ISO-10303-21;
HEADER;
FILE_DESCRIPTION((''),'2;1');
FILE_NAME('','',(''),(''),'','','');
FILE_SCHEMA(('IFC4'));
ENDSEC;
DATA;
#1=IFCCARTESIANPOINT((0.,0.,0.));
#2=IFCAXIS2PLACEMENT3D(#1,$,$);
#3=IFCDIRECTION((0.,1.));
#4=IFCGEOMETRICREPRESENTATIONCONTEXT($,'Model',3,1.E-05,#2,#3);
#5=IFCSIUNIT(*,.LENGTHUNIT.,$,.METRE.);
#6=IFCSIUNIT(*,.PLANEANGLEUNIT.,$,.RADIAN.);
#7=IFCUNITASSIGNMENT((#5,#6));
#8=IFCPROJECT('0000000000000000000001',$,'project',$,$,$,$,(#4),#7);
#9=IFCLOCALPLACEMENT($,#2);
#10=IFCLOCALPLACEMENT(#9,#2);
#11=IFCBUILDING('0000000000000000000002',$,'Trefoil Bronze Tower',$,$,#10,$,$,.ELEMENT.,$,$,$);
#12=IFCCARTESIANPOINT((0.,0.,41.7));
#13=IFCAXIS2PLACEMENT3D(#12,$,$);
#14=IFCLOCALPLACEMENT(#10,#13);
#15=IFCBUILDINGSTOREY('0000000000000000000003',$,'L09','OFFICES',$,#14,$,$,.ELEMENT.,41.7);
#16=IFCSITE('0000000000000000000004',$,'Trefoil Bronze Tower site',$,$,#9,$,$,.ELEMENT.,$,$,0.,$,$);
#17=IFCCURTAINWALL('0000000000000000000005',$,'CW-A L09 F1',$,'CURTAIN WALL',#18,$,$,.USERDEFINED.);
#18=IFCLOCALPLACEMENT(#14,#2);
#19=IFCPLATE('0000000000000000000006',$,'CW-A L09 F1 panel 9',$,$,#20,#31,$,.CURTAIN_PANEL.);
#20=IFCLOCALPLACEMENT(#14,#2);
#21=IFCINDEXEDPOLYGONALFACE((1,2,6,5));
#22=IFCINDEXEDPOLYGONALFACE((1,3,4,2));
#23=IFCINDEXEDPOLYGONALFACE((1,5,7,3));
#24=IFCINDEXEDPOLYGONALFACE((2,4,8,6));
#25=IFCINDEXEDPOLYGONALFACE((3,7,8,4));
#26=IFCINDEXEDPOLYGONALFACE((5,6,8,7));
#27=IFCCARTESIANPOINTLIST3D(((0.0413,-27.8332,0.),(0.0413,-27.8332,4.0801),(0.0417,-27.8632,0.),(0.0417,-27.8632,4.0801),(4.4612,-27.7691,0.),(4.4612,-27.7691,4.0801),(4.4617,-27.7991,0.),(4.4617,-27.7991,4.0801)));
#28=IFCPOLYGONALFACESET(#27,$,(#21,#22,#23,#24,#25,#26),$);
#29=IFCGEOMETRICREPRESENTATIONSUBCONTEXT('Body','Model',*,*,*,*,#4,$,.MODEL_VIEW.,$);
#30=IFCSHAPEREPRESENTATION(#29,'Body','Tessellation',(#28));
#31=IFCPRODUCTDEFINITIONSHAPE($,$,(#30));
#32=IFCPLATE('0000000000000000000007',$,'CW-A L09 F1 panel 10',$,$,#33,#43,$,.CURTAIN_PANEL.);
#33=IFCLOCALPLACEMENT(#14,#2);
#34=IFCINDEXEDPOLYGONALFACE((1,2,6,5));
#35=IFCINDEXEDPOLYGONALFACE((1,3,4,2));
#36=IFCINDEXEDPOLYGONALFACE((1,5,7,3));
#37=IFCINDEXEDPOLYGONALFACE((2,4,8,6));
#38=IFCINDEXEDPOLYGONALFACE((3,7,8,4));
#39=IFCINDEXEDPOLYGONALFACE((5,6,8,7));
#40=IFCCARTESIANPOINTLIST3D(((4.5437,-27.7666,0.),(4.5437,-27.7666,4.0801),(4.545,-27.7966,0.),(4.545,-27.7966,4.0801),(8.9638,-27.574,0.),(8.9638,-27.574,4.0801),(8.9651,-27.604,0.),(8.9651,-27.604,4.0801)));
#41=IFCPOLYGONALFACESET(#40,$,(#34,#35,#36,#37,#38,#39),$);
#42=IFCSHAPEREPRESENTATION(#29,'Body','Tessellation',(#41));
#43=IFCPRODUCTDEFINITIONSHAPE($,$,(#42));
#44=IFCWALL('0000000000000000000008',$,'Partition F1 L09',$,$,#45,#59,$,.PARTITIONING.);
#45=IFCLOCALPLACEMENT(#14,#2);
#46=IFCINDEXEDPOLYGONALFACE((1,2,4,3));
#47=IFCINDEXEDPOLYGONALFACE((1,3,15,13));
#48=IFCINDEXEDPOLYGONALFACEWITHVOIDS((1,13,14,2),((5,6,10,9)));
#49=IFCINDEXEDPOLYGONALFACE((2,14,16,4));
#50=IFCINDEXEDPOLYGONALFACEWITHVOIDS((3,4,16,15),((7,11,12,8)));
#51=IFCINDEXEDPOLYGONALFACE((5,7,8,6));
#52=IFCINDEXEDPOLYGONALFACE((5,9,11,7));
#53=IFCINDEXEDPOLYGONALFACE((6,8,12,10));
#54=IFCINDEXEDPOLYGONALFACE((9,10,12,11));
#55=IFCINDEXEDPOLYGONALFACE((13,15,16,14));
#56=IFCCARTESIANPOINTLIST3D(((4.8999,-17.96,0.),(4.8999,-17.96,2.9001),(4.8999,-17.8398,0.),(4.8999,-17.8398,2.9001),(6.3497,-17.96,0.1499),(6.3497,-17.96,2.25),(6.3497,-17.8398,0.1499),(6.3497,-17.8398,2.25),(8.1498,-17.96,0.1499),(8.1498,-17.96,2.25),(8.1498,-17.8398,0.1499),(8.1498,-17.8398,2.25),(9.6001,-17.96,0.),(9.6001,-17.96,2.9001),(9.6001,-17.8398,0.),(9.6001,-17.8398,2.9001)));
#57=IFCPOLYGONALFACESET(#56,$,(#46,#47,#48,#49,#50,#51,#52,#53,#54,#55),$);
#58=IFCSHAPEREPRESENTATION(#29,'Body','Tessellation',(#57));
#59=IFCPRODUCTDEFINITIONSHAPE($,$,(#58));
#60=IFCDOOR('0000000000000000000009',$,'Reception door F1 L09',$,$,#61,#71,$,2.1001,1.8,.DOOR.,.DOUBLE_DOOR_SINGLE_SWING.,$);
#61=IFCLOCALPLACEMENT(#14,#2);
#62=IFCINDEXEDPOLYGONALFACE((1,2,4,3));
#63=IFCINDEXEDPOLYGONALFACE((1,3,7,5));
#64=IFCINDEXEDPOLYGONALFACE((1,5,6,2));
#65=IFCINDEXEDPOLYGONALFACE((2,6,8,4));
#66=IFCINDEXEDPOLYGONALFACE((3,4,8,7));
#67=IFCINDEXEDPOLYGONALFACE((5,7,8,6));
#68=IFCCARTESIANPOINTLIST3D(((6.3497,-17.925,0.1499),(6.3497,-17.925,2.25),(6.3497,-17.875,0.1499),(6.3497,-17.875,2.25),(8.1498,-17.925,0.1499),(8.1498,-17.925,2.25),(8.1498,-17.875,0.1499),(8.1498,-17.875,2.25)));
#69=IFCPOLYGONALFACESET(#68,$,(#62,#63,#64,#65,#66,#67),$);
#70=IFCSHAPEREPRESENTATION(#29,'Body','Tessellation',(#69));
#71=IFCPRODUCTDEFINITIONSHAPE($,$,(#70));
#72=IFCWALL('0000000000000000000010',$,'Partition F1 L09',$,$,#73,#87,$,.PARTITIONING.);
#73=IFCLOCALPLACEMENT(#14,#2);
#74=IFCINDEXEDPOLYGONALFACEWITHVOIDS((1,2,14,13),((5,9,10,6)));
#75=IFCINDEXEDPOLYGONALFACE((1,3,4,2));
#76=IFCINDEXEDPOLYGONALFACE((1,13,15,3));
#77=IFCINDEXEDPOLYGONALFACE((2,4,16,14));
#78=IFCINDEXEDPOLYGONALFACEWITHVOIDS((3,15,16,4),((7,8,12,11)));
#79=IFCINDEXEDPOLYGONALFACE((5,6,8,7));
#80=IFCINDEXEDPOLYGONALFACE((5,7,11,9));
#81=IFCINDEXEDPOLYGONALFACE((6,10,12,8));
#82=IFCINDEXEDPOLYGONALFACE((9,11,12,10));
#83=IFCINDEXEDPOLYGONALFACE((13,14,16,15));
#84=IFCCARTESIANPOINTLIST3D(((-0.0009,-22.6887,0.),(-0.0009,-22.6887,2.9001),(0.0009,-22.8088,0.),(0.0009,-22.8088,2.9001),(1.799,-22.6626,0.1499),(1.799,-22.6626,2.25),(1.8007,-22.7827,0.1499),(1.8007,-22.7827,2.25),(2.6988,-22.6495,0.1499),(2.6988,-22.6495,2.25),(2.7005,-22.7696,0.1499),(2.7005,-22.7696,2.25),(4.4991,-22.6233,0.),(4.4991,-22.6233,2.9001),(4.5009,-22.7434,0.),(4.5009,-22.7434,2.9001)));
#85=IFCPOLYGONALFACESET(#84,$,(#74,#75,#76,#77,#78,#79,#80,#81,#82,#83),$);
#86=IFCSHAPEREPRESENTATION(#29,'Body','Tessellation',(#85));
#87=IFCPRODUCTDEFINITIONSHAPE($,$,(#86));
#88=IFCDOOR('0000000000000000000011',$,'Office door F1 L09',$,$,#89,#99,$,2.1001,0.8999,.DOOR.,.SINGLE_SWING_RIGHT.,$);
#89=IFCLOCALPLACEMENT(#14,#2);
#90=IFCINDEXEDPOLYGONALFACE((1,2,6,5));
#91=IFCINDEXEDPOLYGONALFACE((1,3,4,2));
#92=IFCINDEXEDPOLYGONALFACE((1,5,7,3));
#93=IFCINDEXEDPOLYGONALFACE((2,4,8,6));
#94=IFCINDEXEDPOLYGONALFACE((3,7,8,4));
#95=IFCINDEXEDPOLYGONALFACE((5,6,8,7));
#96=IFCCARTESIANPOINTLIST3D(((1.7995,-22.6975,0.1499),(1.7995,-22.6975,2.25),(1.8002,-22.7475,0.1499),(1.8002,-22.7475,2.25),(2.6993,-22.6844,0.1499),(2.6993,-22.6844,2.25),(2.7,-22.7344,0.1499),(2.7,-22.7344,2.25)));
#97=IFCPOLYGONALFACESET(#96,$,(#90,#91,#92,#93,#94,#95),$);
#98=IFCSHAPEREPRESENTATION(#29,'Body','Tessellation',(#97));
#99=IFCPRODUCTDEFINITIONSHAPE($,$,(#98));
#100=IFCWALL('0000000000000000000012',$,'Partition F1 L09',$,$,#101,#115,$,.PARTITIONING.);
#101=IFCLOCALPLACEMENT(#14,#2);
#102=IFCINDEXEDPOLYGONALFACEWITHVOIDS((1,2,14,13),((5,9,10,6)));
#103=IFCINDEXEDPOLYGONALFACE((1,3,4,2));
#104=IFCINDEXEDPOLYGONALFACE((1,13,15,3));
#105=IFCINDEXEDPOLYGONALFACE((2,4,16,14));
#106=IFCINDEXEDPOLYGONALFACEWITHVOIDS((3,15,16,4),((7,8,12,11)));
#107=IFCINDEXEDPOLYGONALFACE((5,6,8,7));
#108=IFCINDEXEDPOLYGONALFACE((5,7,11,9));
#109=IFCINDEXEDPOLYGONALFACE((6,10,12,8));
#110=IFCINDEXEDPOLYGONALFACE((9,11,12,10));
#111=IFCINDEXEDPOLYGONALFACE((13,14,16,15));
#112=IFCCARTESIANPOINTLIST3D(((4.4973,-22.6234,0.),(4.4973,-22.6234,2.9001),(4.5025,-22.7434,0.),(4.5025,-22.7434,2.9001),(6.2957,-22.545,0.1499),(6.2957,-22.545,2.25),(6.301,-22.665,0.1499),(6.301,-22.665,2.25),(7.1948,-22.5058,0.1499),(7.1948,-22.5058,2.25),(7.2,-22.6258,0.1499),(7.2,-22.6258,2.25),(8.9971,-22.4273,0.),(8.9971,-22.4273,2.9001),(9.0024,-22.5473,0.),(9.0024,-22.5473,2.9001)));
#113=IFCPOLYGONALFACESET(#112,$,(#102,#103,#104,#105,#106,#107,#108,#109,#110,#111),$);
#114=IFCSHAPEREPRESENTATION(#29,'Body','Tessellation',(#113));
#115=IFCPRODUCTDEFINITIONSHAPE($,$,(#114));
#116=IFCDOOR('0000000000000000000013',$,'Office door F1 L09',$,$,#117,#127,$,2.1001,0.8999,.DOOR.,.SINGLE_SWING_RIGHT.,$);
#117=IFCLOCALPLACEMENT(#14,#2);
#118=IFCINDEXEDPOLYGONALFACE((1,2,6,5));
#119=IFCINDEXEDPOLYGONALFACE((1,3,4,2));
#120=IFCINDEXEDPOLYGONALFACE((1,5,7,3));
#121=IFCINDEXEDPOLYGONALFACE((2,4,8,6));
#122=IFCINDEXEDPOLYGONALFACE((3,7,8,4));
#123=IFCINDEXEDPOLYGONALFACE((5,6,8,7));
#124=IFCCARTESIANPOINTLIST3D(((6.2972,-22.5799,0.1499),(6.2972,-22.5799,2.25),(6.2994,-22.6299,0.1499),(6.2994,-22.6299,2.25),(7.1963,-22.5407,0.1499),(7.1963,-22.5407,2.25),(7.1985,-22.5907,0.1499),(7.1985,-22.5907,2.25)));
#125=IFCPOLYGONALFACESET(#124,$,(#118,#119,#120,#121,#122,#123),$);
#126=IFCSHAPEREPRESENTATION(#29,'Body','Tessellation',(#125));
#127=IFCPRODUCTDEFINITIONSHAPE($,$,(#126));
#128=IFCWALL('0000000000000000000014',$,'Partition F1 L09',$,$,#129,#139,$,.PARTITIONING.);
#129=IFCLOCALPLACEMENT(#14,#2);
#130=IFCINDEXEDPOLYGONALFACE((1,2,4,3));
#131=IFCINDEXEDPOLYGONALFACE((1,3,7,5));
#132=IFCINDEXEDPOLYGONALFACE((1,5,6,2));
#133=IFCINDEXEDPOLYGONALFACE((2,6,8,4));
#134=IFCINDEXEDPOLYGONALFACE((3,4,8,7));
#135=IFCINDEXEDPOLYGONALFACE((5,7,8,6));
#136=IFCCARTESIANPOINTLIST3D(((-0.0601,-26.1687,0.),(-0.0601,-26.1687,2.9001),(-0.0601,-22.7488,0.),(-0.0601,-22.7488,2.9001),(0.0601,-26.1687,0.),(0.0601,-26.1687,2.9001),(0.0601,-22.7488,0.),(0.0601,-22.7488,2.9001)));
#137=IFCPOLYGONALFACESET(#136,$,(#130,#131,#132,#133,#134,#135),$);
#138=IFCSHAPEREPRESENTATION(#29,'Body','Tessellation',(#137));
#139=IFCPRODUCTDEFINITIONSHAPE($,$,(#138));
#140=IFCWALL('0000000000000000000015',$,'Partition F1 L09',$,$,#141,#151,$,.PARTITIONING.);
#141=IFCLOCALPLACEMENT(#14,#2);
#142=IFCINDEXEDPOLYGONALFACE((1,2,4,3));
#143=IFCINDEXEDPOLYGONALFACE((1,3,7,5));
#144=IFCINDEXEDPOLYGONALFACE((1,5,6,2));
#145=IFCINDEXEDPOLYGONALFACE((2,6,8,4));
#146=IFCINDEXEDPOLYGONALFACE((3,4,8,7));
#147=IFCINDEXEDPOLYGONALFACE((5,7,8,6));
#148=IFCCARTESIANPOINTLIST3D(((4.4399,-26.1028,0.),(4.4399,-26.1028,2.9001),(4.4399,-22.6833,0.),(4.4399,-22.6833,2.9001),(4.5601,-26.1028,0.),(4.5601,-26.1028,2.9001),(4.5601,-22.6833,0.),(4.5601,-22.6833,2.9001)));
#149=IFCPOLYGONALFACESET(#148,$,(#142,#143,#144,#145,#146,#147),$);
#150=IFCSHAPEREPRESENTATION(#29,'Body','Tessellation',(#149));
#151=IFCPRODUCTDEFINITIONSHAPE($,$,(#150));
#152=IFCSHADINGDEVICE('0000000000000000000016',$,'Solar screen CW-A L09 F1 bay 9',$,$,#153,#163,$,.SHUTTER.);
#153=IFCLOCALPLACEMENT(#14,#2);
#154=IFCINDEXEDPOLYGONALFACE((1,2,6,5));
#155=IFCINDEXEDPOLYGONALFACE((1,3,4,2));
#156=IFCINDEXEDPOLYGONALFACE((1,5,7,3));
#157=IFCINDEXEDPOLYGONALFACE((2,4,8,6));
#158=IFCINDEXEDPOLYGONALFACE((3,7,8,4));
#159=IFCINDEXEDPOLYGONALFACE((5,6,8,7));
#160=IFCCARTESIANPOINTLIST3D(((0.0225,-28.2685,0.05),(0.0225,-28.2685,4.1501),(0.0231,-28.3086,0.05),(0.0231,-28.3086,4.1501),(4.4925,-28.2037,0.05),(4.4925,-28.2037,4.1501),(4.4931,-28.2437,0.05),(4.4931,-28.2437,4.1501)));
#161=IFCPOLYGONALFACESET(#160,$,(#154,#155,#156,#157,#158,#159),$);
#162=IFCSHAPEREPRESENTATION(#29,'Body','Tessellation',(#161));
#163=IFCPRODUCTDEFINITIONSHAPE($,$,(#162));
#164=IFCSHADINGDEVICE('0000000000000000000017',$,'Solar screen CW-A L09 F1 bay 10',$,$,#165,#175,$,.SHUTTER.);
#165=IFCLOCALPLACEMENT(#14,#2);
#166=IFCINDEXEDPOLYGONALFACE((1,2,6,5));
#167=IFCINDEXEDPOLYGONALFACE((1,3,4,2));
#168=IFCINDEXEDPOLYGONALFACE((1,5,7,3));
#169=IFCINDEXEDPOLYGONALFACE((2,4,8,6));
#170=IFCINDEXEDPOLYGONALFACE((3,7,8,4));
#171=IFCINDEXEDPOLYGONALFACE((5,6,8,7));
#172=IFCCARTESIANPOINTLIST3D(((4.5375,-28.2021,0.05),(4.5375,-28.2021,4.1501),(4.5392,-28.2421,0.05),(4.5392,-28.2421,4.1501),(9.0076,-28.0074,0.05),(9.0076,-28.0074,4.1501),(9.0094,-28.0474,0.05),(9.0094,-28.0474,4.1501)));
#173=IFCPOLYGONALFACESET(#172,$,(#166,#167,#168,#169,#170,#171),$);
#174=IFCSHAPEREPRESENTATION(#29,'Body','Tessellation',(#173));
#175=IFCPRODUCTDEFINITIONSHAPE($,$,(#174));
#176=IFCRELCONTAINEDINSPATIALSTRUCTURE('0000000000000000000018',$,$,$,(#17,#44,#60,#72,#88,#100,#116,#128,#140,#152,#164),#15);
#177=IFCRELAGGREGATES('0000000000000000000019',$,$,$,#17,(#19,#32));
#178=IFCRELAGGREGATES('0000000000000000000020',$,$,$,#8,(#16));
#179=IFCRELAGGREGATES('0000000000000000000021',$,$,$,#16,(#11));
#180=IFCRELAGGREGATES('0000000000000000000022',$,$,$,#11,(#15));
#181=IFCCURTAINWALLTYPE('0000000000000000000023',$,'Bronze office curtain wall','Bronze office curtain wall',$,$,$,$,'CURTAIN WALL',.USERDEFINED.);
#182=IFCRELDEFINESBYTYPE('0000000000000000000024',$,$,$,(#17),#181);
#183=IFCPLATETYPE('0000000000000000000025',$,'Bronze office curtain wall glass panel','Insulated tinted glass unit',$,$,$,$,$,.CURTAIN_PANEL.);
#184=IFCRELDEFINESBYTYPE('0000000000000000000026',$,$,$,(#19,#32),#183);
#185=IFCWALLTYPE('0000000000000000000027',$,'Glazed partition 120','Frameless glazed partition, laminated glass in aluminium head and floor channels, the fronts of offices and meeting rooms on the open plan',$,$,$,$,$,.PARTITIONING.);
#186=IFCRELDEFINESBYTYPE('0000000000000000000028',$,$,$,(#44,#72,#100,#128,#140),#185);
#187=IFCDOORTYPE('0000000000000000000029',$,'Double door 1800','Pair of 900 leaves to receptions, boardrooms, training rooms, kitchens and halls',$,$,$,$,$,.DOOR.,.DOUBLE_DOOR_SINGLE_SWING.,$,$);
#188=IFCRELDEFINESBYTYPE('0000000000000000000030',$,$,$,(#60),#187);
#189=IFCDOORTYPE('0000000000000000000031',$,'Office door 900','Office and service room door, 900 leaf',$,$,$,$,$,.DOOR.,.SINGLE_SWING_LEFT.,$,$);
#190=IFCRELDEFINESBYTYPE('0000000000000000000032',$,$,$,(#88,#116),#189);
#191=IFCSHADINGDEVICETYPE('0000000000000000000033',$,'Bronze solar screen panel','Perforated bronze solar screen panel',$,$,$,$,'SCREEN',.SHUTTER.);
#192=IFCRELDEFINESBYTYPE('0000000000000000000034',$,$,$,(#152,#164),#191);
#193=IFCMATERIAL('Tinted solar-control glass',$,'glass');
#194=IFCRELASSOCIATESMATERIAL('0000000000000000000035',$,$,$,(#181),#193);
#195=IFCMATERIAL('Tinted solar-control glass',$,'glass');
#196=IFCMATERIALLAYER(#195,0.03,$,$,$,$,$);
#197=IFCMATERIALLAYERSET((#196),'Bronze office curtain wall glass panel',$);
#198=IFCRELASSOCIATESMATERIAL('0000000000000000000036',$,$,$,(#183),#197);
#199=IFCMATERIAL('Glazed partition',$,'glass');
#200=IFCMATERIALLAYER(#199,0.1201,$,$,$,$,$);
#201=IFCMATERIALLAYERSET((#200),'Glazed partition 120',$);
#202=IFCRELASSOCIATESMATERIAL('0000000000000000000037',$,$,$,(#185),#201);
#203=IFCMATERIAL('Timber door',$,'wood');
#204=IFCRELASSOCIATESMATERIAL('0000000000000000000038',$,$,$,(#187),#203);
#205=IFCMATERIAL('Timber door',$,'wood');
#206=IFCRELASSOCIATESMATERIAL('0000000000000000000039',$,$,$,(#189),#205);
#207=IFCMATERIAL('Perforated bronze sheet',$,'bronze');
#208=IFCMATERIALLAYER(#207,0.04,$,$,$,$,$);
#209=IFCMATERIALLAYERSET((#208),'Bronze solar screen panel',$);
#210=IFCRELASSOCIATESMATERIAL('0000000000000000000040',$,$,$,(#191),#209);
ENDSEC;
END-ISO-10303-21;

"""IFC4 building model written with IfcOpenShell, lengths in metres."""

from ifc_helpers import new_model, si_unit, direction, frame, frame_2d, origin, origin_2d, place, context, subcontext, project, spatial, rectangle, extrude, material, layer, layer_set, type_object, element, fill, aggregate, save


model = new_model("IFC4")

# Units and contexts
model_context = context("Model", 3, precision=1e-05, world=origin(), true_north=direction((0.0, 1.0)))
body_context = subcontext(model_context, "Body", "Model", "MODEL_VIEW")
ifc_project = project(units=[si_unit("LENGTHUNIT", "METRE"), si_unit("PLANEANGLEUNIT", "RADIAN")], contexts=[model_context])

# Site, building, storey
site_placement = place(None, origin())
site = spatial("IfcSite", under=ifc_project, at=site_placement, Name="Trefoil Bronze Tower site", CompositionType="ELEMENT", RefElevation=0.0)
building_placement = place(site_placement, origin())
building = spatial("IfcBuilding", under=site, at=building_placement, Name="Trefoil Bronze Tower", CompositionType="ELEMENT")
storey_placement = place(building_placement, frame((0.0, 0.0, 41.7)))
storey = spatial("IfcBuildingStorey", under=building, at=storey_placement, Name="L09", Description="OFFICES", CompositionType="ELEMENT", Elevation=41.7)

# Curtain wall
ifc_material_1 = material(Name="Tinted solar-control glass", Category="glass")
curtain_wall_type = type_object("IfcCurtainWallType", Name="Bronze office curtain wall", Description="Bronze office curtain wall", ElementType="CURTAIN WALL", PredefinedType="USERDEFINED", material=ifc_material_1)
curtain_wall_placement = place(storey_placement, origin())
curtain_wall = element("IfcCurtainWall", 1, at=curtain_wall_placement, inside=storey, type_object=curtain_wall_type, Name="CW-A L09 F1", ObjectType="CURTAIN WALL", PredefinedType="USERDEFINED")

# Plates
ifc_material_2 = material(Name="Tinted solar-control glass", Category="glass")
ifc_layer_1 = layer(ifc_material_2, 0.03)
ifc_layer_set_1 = layer_set([ifc_layer_1], Name="Bronze office curtain wall glass panel")
plate_type = type_object("IfcPlateType", Name="Bronze office curtain wall glass panel", Description="Insulated tinted glass unit", PredefinedType="CURTAIN_PANEL", material=ifc_layer_set_1)
plate_1_placement = place(storey_placement, frame((2.2515, -27.8162, 0.0), z_axis=(0.0, 0.0, 1.0), x_axis=(0.999895, 0.014509, 0.0)))
plate_1 = element("IfcPlate", 2, at=plate_1_placement, type_object=plate_type, Name="CW-A L09 F1 panel 9", PredefinedType="CURTAIN_PANEL", context=body_context, shape_type="SweptSolid", body=[
    extrude(rectangle(XDim=4.4204, YDim=0.03, at=origin_2d()), origin(), (0.0, 0.0, 1.0), 4.0801),
])
plate_2_placement = place(storey_placement, frame((6.7544, -27.6853, 0.0), z_axis=(0.0, 0.0, 1.0), x_axis=(0.999052, 0.043528, 0.0)))
plate_2 = element("IfcPlate", 3, at=plate_2_placement, type_object=plate_type, Name="CW-A L09 F1 panel 10", PredefinedType="CURTAIN_PANEL", context=body_context, shape_type="SweptSolid", body=[
    extrude(rectangle(XDim=4.4243, YDim=0.03, at=origin_2d()), origin(), (0.0, 0.0, 1.0), 4.0801),
])
aggregate(curtain_wall, [plate_1, plate_2])

# Walls, openings, doors
ifc_material_3 = material(Name="Glazed partition", Category="glass")
ifc_layer_2 = layer(ifc_material_3, 0.1201)
ifc_layer_set_2 = layer_set([ifc_layer_2], Name="Glazed partition 120")
wall_type = type_object("IfcWallType", Name="Glazed partition 120", Description="Frameless glazed partition, laminated glass in aluminium head and floor channels, the fronts of offices and meeting rooms on the open plan", PredefinedType="PARTITIONING", material=ifc_layer_set_2)
wall_1_placement = place(storey_placement, frame((4.8999, -17.8999, 0.0), z_axis=(0.0, 0.0, 1.0), x_axis=(1.0, 0.0, 0.0)))
wall_1 = element("IfcWall", 4, at=wall_1_placement, inside=storey, type_object=wall_type, Name="Partition F1 L09", PredefinedType="PARTITIONING", context=body_context, shape_type="SweptSolid", body=[
    extrude(rectangle(XDim=4.7002, YDim=0.1201, at=frame_2d((2.3501, 0.0))), origin(), (0.0, 0.0, 1.0), 2.9001),
])
opening_1_placement = place(wall_1_placement, frame((1.45, 0.0, 0.1499)))
opening_1 = element("IfcOpeningElement", 5, at=opening_1_placement, cuts=wall_1, PredefinedType="OPENING", context=body_context, shape_type="SweptSolid", body=[
    extrude(rectangle(XDim=1.8, YDim=2.1001, at=frame_2d((0.8999, 1.05))), frame((0.0, 0.0701, 0.0), z_axis=(0.0, -1.0, 0.0), x_axis=(1.0, 0.0, 0.0)), (0.0, 0.0, 1.0), 0.1401),
])
ifc_material_4 = material(Name="Timber door", Category="wood")
door_type_1 = type_object("IfcDoorType", Name="Double door 1800", Description="Pair of 900 leaves to receptions, boardrooms, training rooms, kitchens and halls", OperationType="DOUBLE_DOOR_SINGLE_SWING", PredefinedType="DOOR", material=ifc_material_4)
door_1_placement = place(opening_1_placement, origin())
door_1 = element("IfcDoor", 6, at=door_1_placement, inside=storey, type_object=door_type_1, Name="Reception door F1 L09", OperationType="DOUBLE_DOOR_SINGLE_SWING", OverallHeight=2.1001, OverallWidth=1.8, PredefinedType="DOOR", context=body_context, shape_type="SweptSolid", body=[
    extrude(rectangle(XDim=1.8, YDim=2.1001, at=frame_2d((0.8999, 1.05))), frame((0.0, 0.0249, 0.0), z_axis=(0.0, -1.0, 0.0), x_axis=(1.0, 0.0, 0.0)), (0.0, 0.0, 1.0), 0.05),
])
fill(opening_1, door_1)
wall_2_placement = place(storey_placement, frame((0.0, -22.7488, 0.0), z_axis=(0.0, 0.0, 1.0), x_axis=(0.999894, 0.014538, 0.0)))
wall_2 = element("IfcWall", 7, at=wall_2_placement, inside=storey, type_object=wall_type, Name="Partition F1 L09", PredefinedType="PARTITIONING", context=body_context, shape_type="SweptSolid", body=[
    extrude(rectangle(XDim=4.5005, YDim=0.1201, at=frame_2d((2.2502, 0.0))), origin(), (0.0, 0.0, 1.0), 2.9001),
])
opening_2_placement = place(wall_2_placement, frame((1.8, 0.0, 0.1499)))
opening_2 = element("IfcOpeningElement", 8, at=opening_2_placement, cuts=wall_2, PredefinedType="OPENING", context=body_context, shape_type="SweptSolid", body=[
    extrude(rectangle(XDim=0.8999, YDim=2.1001, at=frame_2d((0.45, 1.05))), frame((0.0, 0.0701, 0.0), z_axis=(0.0, -1.0, 0.0), x_axis=(1.0, 0.0, 0.0)), (0.0, 0.0, 1.0), 0.1401),
])
ifc_material_5 = material(Name="Timber door", Category="wood")
door_type_2 = type_object("IfcDoorType", Name="Office door 900", Description="Office and service room door, 900 leaf", OperationType="SINGLE_SWING_LEFT", PredefinedType="DOOR", material=ifc_material_5)
door_2_placement = place(opening_2_placement, frame((0.8999, 0.0, 0.0), z_axis=(0.0, 0.0, 1.0), x_axis=(-1.0, 0.0, 0.0)))
door_2 = element("IfcDoor", 9, at=door_2_placement, inside=storey, type_object=door_type_2, Name="Office door F1 L09", OperationType="SINGLE_SWING_RIGHT", OverallHeight=2.1001, OverallWidth=0.8999, PredefinedType="DOOR", context=body_context, shape_type="SweptSolid", body=[
    extrude(rectangle(XDim=0.8999, YDim=2.1001, at=frame_2d((0.45, 1.05))), frame((0.0, 0.0249, 0.0), z_axis=(0.0, -1.0, 0.0), x_axis=(1.0, 0.0, 0.0)), (0.0, 0.0, 1.0), 0.05),
])
fill(opening_2, door_2)
wall_3_placement = place(storey_placement, frame((4.5, -22.6833, 0.0), z_axis=(0.0, 0.0, 1.0), x_axis=(0.999052, 0.043524, 0.0)))
wall_3 = element("IfcWall", 10, at=wall_3_placement, inside=storey, type_object=wall_type, Name="Partition F1 L09", PredefinedType="PARTITIONING", context=body_context, shape_type="SweptSolid", body=[
    extrude(rectangle(XDim=4.5042, YDim=0.1201, at=frame_2d((2.252, 0.0))), origin(), (0.0, 0.0, 1.0), 2.9001),
])
opening_3_placement = place(wall_3_placement, frame((1.8, 0.0, 0.1499)))
opening_3 = element("IfcOpeningElement", 11, at=opening_3_placement, cuts=wall_3, PredefinedType="OPENING", context=body_context, shape_type="SweptSolid", body=[
    extrude(rectangle(XDim=0.8999, YDim=2.1001, at=frame_2d((0.45, 1.05))), frame((0.0, 0.0701, 0.0), z_axis=(0.0, -1.0, 0.0), x_axis=(1.0, 0.0, 0.0)), (0.0, 0.0, 1.0), 0.1401),
])
door_3_placement = place(opening_3_placement, frame((0.8999, 0.0, 0.0), z_axis=(0.0, 0.0, 1.0), x_axis=(-1.0, 0.0, 0.0)))
door_3 = element("IfcDoor", 12, at=door_3_placement, inside=storey, type_object=door_type_2, Name="Office door F1 L09", OperationType="SINGLE_SWING_RIGHT", OverallHeight=2.1001, OverallWidth=0.8999, PredefinedType="DOOR", context=body_context, shape_type="SweptSolid", body=[
    extrude(rectangle(XDim=0.8999, YDim=2.1001, at=frame_2d((0.45, 1.05))), frame((0.0, 0.0249, 0.0), z_axis=(0.0, -1.0, 0.0), x_axis=(1.0, 0.0, 0.0)), (0.0, 0.0, 1.0), 0.05),
])
fill(opening_3, door_3)

# Walls
wall_4_placement = place(storey_placement, frame((0.0, -22.7488, 0.0), z_axis=(0.0, 0.0, 1.0), x_axis=(0.0, -1.0, 0.0)))
element("IfcWall", 13, at=wall_4_placement, inside=storey, type_object=wall_type, Name="Partition F1 L09", PredefinedType="PARTITIONING", context=body_context, shape_type="SweptSolid", body=[
    extrude(rectangle(XDim=3.4199, YDim=0.1201, at=frame_2d((1.71, 0.0))), origin(), (0.0, 0.0, 1.0), 2.9001),
])
wall_5_placement = place(storey_placement, frame((4.5, -22.6833, 0.0), z_axis=(0.0, 0.0, 1.0), x_axis=(0.0, -1.0, 0.0)))
element("IfcWall", 14, at=wall_5_placement, inside=storey, type_object=wall_type, Name="Partition F1 L09", PredefinedType="PARTITIONING", context=body_context, shape_type="SweptSolid", body=[
    extrude(rectangle(XDim=3.4194, YDim=0.1201, at=frame_2d((1.7097, 0.0))), origin(), (0.0, 0.0, 1.0), 2.9001),
])

# Shading devices
ifc_material_6 = material(Name="Perforated bronze sheet", Category="bronze")
ifc_layer_3 = layer(ifc_material_6, 0.04)
ifc_layer_set_3 = layer_set([ifc_layer_3], Name="Bronze solar screen panel")
shading_device_type = type_object("IfcShadingDeviceType", Name="Bronze solar screen panel", Description="Perforated bronze solar screen panel", ElementType="SCREEN", PredefinedType="SHUTTER", material=ifc_layer_set_3)
shading_device_1_placement = place(storey_placement, frame((2.2578, -28.2561, 0.05), z_axis=(0.0, 0.0, 1.0), x_axis=(0.999895, 0.014509, 0.0)))
element("IfcShadingDevice", 15, at=shading_device_1_placement, inside=storey, type_object=shading_device_type, Name="Solar screen CW-A L09 F1 bay 9", PredefinedType="SHUTTER", context=body_context, shape_type="SweptSolid", body=[
    extrude(rectangle(XDim=4.4705, YDim=0.04, at=origin_2d()), origin(), (0.0, 0.0, 1.0), 4.1001),
])
shading_device_2_placement = place(storey_placement, frame((6.7734, -28.1248, 0.05), z_axis=(0.0, 0.0, 1.0), x_axis=(0.999052, 0.043528, 0.0)))
element("IfcShadingDevice", 16, at=shading_device_2_placement, inside=storey, type_object=shading_device_type, Name="Solar screen CW-A L09 F1 bay 10", PredefinedType="SHUTTER", context=body_context, shape_type="SweptSolid", body=[
    extrude(rectangle(XDim=4.4744, YDim=0.04, at=origin_2d()), origin(), (0.0, 0.0, 1.0), 4.1001),
])

save(model, "model.ifc")
